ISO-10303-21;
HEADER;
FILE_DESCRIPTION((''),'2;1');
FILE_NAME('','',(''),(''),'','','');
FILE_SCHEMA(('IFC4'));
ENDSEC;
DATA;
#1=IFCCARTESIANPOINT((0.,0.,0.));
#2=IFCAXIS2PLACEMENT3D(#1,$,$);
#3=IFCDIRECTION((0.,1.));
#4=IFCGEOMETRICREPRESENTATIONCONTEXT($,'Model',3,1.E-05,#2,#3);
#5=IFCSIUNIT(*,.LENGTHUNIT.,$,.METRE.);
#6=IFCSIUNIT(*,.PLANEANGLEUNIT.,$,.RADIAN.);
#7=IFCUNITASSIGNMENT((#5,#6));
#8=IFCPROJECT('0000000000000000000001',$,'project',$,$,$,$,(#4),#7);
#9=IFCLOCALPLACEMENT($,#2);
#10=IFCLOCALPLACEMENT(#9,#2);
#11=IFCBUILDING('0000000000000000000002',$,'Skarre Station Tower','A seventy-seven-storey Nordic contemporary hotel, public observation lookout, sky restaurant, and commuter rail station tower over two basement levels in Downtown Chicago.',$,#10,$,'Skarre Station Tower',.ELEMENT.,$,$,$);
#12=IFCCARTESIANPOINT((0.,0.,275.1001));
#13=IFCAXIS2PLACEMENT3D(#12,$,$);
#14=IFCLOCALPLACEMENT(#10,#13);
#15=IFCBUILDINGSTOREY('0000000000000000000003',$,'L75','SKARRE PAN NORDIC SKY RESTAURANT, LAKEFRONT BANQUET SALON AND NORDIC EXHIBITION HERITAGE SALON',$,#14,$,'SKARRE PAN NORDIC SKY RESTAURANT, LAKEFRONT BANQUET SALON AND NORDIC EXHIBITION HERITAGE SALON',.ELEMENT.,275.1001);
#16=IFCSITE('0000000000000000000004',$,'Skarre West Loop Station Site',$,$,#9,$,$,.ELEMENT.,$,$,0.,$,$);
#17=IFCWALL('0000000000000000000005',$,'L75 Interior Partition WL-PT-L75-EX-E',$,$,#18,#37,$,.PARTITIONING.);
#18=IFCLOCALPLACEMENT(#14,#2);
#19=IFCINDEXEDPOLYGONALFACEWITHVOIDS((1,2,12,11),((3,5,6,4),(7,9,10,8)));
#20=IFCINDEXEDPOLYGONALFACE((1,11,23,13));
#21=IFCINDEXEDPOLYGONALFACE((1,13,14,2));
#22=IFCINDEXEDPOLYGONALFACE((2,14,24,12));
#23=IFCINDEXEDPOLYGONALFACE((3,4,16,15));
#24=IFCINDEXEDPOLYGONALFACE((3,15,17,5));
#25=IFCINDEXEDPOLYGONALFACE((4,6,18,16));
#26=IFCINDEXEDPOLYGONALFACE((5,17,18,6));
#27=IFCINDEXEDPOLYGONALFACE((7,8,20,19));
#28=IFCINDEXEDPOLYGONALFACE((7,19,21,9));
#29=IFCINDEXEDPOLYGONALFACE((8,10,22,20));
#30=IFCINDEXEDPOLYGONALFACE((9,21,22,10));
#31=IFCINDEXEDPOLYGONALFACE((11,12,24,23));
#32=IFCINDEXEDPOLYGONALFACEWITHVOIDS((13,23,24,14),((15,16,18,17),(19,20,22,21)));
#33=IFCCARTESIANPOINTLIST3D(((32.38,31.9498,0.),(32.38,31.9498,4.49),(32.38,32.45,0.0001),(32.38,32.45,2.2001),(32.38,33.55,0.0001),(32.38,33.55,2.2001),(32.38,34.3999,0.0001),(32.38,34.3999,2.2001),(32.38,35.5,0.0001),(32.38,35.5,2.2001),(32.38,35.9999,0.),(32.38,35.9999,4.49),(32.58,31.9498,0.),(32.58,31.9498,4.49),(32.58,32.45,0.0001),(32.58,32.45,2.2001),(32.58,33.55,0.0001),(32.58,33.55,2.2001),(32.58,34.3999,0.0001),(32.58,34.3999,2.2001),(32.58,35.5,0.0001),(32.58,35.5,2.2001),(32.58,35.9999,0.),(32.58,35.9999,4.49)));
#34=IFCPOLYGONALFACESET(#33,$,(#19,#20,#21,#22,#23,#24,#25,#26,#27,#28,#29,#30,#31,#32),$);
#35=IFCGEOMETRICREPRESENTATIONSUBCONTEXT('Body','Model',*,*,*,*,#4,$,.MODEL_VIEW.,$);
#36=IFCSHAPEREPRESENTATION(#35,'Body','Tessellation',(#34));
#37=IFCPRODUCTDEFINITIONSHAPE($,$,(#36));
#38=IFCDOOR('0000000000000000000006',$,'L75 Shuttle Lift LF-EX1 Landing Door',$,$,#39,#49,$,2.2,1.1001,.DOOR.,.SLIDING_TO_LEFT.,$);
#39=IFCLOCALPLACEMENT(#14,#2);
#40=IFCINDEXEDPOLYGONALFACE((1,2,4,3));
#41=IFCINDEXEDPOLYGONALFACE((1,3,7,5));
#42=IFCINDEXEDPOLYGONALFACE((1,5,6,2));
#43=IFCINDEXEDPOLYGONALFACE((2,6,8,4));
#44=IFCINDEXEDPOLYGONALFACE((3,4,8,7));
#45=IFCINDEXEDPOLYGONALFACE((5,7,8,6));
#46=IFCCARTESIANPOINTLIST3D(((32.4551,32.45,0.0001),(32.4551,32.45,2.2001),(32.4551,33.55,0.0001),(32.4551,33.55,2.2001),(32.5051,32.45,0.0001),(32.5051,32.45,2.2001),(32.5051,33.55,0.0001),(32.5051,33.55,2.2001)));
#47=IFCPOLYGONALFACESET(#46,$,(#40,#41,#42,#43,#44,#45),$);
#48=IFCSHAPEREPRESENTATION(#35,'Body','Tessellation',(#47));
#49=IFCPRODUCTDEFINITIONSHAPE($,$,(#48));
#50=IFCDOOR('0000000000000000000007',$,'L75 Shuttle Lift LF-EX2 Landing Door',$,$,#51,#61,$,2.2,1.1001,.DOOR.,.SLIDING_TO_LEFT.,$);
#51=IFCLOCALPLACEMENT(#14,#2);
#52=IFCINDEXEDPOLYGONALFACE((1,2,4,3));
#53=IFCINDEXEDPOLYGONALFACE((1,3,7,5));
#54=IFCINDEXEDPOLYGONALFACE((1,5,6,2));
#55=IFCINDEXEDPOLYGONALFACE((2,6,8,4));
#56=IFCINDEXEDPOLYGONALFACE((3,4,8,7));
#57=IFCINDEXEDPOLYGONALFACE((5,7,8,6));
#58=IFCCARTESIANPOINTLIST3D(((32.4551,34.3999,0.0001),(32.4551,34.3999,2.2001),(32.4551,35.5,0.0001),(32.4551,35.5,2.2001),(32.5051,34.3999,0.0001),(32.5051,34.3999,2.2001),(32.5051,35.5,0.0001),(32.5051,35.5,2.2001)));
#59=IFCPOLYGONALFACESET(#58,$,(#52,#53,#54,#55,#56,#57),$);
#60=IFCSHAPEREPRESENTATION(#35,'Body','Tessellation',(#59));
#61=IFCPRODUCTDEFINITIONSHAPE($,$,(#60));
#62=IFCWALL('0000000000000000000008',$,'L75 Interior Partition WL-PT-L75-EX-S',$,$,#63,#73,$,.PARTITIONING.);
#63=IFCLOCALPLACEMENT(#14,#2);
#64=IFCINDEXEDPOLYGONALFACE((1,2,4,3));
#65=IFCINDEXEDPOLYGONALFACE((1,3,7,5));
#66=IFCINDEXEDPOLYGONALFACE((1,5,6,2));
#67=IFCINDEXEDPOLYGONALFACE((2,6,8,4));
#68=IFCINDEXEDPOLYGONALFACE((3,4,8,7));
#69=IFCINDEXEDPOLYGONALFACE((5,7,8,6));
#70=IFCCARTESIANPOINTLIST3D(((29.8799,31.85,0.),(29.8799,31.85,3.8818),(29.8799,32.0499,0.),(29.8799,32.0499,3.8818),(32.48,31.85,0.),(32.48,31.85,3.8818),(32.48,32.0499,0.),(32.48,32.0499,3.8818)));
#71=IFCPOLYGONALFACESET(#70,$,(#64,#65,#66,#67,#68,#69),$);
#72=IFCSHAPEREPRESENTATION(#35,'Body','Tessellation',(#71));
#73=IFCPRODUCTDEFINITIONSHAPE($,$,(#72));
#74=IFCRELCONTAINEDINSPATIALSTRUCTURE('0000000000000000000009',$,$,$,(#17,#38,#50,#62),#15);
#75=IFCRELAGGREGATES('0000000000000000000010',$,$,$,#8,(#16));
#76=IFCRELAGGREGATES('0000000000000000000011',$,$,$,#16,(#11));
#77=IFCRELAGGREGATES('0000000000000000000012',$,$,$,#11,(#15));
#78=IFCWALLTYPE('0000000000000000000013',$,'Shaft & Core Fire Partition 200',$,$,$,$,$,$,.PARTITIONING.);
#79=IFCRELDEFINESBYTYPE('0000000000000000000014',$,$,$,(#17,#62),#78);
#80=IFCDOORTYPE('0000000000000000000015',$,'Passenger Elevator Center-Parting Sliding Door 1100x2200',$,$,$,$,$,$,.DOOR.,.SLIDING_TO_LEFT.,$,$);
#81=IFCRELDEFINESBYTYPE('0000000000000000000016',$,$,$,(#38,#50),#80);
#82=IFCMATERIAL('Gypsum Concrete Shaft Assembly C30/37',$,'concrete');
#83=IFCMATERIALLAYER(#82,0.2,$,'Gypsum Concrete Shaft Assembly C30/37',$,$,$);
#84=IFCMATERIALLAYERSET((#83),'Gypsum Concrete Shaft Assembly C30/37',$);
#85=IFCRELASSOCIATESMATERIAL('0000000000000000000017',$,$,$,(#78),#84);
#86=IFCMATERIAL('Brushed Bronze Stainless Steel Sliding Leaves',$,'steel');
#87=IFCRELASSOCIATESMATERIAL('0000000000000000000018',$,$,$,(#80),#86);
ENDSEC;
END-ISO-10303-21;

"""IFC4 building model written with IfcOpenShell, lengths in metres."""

from ifc_helpers import new_model, si_unit, direction, frame, frame_2d, origin, place, context, subcontext, project, spatial, rectangle, extrude, material, layer, layer_set, type_object, element, fill, save


model = new_model("IFC4")

# Units and contexts
model_context = context("Model", 3, precision=1e-05, world=origin(), true_north=direction((0.0, 1.0)))
body_context = subcontext(model_context, "Body", "Model", "MODEL_VIEW")
ifc_project = project(units=[si_unit("LENGTHUNIT", "METRE"), si_unit("PLANEANGLEUNIT", "RADIAN")], contexts=[model_context])

# Site, building, storey
site_placement = place(None, origin())
site = spatial("IfcSite", under=ifc_project, at=site_placement, Name="Skarre West Loop Station Site", CompositionType="ELEMENT", RefElevation=0.0)
building_placement = place(site_placement, origin())
building = spatial("IfcBuilding", under=site, at=building_placement, Name="Skarre Station Tower", Description="A seventy-seven-storey Nordic contemporary hotel, public observation lookout, sky restaurant, and commuter rail station tower over two basement levels in Downtown Chicago.", LongName="Skarre Station Tower", CompositionType="ELEMENT")
storey_placement = place(building_placement, frame((0.0, 0.0, 275.1001)))
storey = spatial("IfcBuildingStorey", under=building, at=storey_placement, Name="L75", Description="SKARRE PAN NORDIC SKY RESTAURANT, LAKEFRONT BANQUET SALON AND NORDIC EXHIBITION HERITAGE SALON", LongName="SKARRE PAN NORDIC SKY RESTAURANT, LAKEFRONT BANQUET SALON AND NORDIC EXHIBITION HERITAGE SALON", CompositionType="ELEMENT", Elevation=275.1001)

# Wall, openings, doors
ifc_material_1 = material(Name="Gypsum Concrete Shaft Assembly C30/37", Category="concrete")
ifc_layer_1 = layer(ifc_material_1, 0.2, Name="Gypsum Concrete Shaft Assembly C30/37")
ifc_layer_set_1 = layer_set([ifc_layer_1], Name="Gypsum Concrete Shaft Assembly C30/37")
wall_type_1 = type_object("IfcWallType", Name="Shaft & Core Fire Partition 200", PredefinedType="PARTITIONING", material=ifc_layer_set_1)
wall_1_placement = place(storey_placement, frame((32.48, 31.95, 0.0), z_axis=(0.0, 0.0, 1.0), x_axis=(0.0, 1.0, 0.0)))
wall_1 = element("IfcWall", 1, at=wall_1_placement, inside=storey, type_object=wall_type_1, Name="L75 Interior Partition WL-PT-L75-EX-E", PredefinedType="PARTITIONING", context=body_context, shape_type="SweptSolid", body=[
    extrude(rectangle(XDim=4.05, YDim=0.2, at=frame_2d((2.0249, 0.0))), origin(), (0.0, 0.0, 1.0), 4.49),
])
opening_1_placement = place(wall_1_placement, frame((0.5, 0.0, 0.0)))
opening_1 = element("IfcOpeningElement", 2, at=opening_1_placement, cuts=wall_1, PredefinedType="OPENING", context=body_context, shape_type="SweptSolid", body=[
    extrude(rectangle(XDim=1.1001, YDim=2.2, at=frame_2d((0.55, 1.1001))), frame((0.0, 0.1099, 0.0), z_axis=(0.0, -1.0, 0.0), x_axis=(1.0, 0.0, 0.0)), (0.0, 0.0, 1.0), 0.22),
])
opening_2_placement = place(wall_1_placement, frame((2.45, 0.0, 0.0)))
opening_2 = element("IfcOpeningElement", 3, at=opening_2_placement, cuts=wall_1, PredefinedType="OPENING", context=body_context, shape_type="SweptSolid", body=[
    extrude(rectangle(XDim=1.1001, YDim=2.2, at=frame_2d((0.55, 1.1001))), frame((0.0, 0.1099, 0.0), z_axis=(0.0, -1.0, 0.0), x_axis=(1.0, 0.0, 0.0)), (0.0, 0.0, 1.0), 0.22),
])
ifc_material_2 = material(Name="Brushed Bronze Stainless Steel Sliding Leaves", Category="steel")
door_type_1 = type_object("IfcDoorType", Name="Passenger Elevator Center-Parting Sliding Door 1100x2200", OperationType="SLIDING_TO_LEFT", PredefinedType="DOOR", material=ifc_material_2)
door_1_placement = place(opening_1_placement, origin())
door_1 = element("IfcDoor", 4, at=door_1_placement, inside=storey, type_object=door_type_1, Name="L75 Shuttle Lift LF-EX1 Landing Door", OperationType="SLIDING_TO_LEFT", OverallHeight=2.2, OverallWidth=1.1001, PredefinedType="DOOR", context=body_context, shape_type="SweptSolid", body=[
    extrude(rectangle(XDim=1.1001, YDim=2.2, at=frame_2d((0.55, 1.1001))), frame((0.0, 0.0249, 0.0), z_axis=(0.0, -1.0, 0.0), x_axis=(1.0, 0.0, 0.0)), (0.0, 0.0, 1.0), 0.05),
])
fill(opening_1, door_1)
door_2_placement = place(opening_2_placement, origin())
door_2 = element("IfcDoor", 5, at=door_2_placement, inside=storey, type_object=door_type_1, Name="L75 Shuttle Lift LF-EX2 Landing Door", OperationType="SLIDING_TO_LEFT", OverallHeight=2.2, OverallWidth=1.1001, PredefinedType="DOOR", context=body_context, shape_type="SweptSolid", body=[
    extrude(rectangle(XDim=1.1001, YDim=2.2, at=frame_2d((0.55, 1.1001))), frame((0.0, 0.0249, 0.0), z_axis=(0.0, -1.0, 0.0), x_axis=(1.0, 0.0, 0.0)), (0.0, 0.0, 1.0), 0.05),
])
fill(opening_2, door_2)

# Wall
wall_2_placement = place(storey_placement, frame((32.48, 31.95, 0.0), z_axis=(0.0, 0.0, 1.0), x_axis=(-1.0, 0.0, 0.0)))
element("IfcWall", 6, at=wall_2_placement, inside=storey, type_object=wall_type_1, Name="L75 Interior Partition WL-PT-L75-EX-S", PredefinedType="PARTITIONING", context=body_context, shape_type="SweptSolid", body=[
    extrude(rectangle(XDim=2.6001, YDim=0.2, at=frame_2d((1.3, 0.0))), origin(), (0.0, 0.0, 1.0), 3.8818),
])

save(model, "model.ifc")
